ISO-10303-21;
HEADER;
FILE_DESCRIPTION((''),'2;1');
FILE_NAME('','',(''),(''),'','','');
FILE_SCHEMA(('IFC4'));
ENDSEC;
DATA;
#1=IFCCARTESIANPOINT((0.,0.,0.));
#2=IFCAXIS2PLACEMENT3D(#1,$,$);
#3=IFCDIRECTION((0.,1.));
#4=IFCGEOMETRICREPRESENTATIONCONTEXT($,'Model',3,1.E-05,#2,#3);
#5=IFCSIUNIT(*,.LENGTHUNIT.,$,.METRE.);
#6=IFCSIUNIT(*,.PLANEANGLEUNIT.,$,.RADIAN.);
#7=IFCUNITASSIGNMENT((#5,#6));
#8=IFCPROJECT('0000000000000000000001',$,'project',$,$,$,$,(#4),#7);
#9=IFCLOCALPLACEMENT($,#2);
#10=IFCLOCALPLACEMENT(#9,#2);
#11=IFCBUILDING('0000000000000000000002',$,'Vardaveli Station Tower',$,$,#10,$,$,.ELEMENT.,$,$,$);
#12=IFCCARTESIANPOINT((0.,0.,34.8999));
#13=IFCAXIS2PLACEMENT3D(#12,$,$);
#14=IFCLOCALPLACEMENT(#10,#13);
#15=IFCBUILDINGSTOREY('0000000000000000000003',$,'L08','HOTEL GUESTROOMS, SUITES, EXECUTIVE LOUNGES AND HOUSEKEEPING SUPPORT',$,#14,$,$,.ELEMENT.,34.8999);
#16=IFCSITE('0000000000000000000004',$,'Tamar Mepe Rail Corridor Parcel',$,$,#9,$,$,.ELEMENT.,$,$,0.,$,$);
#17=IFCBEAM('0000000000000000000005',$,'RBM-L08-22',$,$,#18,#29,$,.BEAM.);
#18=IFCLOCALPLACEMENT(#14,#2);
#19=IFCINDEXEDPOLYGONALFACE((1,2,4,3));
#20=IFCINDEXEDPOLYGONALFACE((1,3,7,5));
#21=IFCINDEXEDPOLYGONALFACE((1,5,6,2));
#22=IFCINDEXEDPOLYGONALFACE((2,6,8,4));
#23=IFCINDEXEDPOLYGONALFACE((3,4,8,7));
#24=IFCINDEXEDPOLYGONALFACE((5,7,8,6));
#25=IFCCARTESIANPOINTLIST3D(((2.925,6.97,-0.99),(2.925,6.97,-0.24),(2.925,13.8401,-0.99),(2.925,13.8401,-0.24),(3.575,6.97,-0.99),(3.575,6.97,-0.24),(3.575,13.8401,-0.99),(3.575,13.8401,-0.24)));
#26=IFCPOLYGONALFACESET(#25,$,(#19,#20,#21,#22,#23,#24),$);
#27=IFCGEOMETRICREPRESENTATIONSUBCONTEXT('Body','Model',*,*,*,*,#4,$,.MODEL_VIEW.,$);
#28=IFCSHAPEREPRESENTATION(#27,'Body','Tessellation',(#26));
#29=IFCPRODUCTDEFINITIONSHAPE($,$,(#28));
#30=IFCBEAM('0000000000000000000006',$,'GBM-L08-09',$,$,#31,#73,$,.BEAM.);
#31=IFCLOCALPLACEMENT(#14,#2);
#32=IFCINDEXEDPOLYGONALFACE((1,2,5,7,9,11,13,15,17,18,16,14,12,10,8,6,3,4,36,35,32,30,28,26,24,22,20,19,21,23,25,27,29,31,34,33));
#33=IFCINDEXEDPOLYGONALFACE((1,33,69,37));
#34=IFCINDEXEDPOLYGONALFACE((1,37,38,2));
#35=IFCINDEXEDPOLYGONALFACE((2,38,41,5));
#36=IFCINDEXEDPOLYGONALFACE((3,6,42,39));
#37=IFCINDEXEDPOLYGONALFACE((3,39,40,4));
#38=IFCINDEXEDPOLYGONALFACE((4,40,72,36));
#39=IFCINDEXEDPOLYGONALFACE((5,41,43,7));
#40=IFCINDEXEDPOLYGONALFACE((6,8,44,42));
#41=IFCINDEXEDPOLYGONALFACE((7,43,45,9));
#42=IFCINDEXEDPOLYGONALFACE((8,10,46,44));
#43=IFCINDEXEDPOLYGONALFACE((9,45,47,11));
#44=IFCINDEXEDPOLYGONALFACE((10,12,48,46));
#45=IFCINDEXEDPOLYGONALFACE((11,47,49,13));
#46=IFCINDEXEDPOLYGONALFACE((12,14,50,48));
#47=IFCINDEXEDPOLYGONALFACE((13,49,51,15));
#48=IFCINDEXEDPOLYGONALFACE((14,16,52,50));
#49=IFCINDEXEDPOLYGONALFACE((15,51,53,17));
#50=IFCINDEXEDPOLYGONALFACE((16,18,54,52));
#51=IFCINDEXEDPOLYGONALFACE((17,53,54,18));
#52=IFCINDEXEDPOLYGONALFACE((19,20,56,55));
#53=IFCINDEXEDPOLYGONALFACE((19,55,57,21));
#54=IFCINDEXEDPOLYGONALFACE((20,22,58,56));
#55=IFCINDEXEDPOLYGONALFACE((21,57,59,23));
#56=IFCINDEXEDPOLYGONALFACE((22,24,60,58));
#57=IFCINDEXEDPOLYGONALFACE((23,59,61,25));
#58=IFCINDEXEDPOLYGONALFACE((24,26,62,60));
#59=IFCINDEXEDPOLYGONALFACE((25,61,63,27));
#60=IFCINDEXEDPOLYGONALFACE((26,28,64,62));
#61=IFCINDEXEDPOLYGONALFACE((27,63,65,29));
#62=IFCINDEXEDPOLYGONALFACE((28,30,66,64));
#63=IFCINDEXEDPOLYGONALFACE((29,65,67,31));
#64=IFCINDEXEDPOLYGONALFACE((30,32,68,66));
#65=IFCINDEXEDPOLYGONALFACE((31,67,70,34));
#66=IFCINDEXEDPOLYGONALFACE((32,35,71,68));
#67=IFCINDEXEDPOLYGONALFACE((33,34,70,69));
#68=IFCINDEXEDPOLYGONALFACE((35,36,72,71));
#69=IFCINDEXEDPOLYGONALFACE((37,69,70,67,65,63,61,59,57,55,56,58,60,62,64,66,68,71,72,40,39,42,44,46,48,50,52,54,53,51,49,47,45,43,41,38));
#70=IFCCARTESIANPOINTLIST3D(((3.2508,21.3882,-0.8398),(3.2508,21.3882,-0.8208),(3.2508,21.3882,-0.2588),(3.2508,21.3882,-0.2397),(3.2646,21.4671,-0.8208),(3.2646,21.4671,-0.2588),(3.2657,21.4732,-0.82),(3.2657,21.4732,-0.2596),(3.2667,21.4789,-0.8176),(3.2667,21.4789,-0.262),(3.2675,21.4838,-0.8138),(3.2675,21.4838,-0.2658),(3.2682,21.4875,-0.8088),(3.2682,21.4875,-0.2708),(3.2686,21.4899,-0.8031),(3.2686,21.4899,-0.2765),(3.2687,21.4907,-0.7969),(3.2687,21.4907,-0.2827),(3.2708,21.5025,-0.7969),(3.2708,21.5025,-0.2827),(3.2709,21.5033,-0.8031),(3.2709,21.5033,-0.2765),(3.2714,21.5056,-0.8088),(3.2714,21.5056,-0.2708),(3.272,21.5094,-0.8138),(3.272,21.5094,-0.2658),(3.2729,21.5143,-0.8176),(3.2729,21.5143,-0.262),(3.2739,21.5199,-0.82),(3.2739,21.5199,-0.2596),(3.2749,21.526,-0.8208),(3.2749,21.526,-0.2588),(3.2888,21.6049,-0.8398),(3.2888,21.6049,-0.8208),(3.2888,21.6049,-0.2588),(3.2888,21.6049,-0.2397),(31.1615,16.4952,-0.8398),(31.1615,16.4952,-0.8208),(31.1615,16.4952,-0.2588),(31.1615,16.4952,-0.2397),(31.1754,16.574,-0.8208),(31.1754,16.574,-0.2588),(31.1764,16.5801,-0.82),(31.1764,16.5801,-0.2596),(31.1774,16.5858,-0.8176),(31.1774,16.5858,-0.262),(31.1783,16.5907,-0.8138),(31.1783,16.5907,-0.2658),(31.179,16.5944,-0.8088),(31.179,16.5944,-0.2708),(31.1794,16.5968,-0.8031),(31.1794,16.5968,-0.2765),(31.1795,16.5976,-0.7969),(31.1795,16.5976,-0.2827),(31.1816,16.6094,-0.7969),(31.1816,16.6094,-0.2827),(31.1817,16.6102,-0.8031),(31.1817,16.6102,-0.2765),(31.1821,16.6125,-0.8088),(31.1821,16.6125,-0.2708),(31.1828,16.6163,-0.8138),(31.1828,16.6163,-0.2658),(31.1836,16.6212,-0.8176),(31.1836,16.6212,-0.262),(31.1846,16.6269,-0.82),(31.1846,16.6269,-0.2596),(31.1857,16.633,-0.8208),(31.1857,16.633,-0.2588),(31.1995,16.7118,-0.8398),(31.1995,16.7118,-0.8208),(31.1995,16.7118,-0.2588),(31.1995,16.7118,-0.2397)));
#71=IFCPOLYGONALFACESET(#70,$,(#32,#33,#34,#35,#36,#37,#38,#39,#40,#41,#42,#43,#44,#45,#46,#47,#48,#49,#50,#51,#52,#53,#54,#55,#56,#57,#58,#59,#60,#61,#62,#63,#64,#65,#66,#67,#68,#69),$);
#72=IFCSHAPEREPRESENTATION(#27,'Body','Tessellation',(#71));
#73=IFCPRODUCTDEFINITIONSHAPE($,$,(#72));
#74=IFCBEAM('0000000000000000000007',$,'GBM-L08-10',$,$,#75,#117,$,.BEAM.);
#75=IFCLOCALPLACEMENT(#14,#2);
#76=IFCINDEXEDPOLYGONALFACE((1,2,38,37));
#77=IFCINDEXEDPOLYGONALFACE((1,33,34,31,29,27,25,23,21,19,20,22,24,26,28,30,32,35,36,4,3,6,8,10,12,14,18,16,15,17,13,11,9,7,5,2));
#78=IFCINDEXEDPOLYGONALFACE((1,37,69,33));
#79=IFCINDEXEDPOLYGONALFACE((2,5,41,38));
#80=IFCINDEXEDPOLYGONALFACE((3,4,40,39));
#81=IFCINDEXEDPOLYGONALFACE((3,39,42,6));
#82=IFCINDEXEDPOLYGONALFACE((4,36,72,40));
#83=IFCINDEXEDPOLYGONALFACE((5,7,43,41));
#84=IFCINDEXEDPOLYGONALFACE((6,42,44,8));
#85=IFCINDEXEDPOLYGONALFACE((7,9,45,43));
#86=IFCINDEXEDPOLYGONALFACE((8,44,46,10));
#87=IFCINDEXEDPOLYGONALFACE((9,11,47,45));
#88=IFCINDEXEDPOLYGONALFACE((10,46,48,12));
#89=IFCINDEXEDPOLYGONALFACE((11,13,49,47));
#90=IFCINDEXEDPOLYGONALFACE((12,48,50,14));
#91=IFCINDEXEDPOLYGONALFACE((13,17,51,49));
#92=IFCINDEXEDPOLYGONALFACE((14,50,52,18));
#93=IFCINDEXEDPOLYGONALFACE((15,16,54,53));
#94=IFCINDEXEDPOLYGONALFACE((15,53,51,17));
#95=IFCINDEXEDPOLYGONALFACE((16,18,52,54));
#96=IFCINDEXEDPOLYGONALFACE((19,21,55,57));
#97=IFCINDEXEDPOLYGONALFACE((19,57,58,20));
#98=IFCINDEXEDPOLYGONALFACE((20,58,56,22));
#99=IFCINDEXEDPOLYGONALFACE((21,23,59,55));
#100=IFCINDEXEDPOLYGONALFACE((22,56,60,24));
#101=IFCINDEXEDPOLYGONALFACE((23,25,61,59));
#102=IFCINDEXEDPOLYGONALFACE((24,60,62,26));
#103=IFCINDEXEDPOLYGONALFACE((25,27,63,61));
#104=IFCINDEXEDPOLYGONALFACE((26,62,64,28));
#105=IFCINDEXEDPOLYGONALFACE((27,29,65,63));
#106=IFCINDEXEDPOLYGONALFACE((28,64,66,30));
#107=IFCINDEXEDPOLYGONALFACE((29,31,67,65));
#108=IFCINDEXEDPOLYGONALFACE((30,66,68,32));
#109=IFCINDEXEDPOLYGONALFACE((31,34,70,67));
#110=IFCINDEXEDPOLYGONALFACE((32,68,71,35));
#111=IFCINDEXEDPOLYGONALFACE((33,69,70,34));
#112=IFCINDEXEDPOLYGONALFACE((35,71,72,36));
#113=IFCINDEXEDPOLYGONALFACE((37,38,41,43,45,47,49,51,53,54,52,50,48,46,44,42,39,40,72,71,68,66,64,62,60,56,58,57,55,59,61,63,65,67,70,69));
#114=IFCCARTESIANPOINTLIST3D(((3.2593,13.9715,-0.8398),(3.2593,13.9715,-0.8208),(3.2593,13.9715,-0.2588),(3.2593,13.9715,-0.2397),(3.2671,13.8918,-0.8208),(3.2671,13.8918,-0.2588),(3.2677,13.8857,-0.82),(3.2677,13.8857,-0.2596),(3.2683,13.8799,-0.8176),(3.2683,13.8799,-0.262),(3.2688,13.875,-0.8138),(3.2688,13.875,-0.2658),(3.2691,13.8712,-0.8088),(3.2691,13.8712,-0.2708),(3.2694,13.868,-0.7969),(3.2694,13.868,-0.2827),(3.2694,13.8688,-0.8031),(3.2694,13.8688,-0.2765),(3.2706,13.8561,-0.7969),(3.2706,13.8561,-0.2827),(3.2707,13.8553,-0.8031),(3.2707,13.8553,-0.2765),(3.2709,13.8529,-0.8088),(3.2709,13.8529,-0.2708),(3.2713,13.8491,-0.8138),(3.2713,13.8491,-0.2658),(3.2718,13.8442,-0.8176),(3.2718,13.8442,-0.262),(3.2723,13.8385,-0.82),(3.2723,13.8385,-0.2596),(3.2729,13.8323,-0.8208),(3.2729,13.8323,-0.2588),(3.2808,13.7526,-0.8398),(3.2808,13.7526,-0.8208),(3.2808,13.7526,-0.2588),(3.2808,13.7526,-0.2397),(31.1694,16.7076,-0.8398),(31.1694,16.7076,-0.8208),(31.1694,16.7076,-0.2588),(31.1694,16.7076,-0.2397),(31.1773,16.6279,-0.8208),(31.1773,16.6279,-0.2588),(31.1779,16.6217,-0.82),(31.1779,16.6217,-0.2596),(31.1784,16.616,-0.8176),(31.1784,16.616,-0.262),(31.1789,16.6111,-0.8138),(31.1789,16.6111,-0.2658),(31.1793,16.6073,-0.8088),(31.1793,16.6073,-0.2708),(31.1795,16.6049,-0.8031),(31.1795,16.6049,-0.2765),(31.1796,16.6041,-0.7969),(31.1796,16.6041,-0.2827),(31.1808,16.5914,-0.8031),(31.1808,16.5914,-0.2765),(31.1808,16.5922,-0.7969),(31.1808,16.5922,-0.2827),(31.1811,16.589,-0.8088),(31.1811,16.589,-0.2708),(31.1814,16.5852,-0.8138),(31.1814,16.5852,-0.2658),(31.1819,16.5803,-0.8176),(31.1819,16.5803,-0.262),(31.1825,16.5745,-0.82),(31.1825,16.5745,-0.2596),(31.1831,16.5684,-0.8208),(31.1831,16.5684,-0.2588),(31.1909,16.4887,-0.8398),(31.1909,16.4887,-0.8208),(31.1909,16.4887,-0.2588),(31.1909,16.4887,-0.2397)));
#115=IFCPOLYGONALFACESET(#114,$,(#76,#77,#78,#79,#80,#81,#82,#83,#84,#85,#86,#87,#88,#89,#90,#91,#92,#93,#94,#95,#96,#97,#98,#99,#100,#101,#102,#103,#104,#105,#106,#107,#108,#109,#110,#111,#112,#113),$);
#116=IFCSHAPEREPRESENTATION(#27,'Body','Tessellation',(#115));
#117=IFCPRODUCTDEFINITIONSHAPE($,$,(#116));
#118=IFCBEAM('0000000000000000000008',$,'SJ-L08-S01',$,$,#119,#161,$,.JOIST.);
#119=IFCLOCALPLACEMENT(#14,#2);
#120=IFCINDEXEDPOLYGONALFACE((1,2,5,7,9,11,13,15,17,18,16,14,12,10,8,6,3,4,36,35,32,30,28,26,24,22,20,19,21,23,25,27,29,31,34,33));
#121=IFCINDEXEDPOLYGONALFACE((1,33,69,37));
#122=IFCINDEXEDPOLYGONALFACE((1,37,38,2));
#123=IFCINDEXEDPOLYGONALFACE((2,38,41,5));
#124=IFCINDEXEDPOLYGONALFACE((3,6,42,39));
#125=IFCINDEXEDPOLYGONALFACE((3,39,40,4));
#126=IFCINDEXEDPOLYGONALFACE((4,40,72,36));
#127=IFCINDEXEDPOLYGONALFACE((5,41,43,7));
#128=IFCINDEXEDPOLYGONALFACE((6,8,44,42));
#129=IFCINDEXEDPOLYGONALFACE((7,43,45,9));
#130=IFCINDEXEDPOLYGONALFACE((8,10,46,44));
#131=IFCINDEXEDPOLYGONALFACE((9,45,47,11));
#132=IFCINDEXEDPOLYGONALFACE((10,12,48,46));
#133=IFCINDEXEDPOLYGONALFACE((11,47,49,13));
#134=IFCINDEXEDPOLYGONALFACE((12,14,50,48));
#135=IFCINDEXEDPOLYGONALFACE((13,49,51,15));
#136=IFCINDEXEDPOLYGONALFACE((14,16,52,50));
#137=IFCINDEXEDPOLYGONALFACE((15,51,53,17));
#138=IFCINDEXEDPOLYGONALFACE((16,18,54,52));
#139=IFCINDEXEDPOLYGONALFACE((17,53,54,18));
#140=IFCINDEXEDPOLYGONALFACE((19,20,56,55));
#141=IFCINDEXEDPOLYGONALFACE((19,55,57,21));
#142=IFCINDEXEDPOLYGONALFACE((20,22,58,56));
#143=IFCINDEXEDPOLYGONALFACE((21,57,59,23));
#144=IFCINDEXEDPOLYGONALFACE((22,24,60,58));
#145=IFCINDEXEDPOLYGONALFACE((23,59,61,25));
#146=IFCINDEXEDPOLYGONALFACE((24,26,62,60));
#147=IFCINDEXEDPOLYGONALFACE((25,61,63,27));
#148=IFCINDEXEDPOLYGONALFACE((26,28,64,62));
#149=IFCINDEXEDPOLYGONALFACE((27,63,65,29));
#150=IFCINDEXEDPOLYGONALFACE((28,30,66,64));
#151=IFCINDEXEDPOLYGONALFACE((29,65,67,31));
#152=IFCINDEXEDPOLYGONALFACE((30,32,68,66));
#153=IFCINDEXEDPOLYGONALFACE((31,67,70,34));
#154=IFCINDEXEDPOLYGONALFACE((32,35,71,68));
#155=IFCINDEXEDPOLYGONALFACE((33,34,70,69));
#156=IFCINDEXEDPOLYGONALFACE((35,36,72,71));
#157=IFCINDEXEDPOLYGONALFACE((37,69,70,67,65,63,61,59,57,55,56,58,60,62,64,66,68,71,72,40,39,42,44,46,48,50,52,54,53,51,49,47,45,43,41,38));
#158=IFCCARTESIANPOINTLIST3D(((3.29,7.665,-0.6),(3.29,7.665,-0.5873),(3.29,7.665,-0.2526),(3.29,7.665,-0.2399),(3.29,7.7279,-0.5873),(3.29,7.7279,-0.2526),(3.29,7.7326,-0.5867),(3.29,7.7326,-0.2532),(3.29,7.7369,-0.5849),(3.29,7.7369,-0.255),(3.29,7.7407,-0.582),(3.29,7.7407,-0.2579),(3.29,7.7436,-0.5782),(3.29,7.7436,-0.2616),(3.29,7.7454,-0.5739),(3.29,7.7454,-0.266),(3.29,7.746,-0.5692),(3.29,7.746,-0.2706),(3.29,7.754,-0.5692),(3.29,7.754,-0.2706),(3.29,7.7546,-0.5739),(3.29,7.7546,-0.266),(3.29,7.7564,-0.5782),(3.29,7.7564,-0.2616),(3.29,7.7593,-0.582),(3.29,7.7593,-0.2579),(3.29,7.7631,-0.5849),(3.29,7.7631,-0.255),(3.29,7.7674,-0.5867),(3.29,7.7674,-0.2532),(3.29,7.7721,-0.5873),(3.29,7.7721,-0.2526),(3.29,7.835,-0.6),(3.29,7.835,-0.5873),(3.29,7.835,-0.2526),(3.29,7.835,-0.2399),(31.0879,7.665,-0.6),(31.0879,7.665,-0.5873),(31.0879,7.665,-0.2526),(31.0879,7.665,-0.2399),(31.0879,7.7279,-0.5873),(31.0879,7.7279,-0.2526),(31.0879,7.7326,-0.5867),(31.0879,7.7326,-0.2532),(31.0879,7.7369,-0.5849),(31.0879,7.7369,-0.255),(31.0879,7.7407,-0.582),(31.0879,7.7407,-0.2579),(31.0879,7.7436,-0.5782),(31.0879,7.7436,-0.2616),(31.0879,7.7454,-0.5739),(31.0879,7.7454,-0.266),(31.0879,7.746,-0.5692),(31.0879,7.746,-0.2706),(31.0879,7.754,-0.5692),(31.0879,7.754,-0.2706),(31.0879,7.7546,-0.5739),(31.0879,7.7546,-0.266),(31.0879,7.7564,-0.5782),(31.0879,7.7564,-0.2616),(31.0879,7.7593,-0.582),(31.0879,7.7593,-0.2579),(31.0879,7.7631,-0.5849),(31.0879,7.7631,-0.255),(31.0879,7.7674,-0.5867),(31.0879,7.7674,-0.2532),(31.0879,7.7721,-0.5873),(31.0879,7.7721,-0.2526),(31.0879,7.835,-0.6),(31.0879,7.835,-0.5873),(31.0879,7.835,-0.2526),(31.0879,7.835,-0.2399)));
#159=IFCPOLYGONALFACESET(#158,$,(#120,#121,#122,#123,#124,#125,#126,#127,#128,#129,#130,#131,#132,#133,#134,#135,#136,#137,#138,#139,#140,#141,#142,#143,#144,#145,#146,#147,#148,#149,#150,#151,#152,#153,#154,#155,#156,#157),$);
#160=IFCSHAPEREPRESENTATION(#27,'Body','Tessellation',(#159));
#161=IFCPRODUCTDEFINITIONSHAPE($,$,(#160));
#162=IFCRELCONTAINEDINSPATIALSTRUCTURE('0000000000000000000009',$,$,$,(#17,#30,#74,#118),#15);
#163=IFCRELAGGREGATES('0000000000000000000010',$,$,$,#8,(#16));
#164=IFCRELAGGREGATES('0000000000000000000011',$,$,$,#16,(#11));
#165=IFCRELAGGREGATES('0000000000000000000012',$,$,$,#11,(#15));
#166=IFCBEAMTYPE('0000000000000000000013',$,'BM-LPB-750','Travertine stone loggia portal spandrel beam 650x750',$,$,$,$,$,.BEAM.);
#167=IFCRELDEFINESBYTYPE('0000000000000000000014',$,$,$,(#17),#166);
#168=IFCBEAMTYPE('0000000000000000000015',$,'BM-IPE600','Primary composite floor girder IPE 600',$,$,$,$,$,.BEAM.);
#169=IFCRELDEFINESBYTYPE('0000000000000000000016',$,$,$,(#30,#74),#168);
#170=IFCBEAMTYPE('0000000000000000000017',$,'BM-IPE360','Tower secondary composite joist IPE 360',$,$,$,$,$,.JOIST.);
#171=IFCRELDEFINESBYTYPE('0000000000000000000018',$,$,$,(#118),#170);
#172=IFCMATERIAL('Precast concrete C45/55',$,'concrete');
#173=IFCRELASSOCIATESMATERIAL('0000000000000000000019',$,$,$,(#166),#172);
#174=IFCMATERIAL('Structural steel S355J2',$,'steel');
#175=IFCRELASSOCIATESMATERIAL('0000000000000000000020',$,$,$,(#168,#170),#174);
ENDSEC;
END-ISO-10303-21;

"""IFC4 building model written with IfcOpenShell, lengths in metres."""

from ifc_helpers import new_model, si_unit, direction, frame, origin, origin_2d, place, context, subcontext, project, spatial, rectangle, i_section, extrude, source, transform, mapped, material, material_profile, profile_set, type_object, element, save


model = new_model("IFC4")

# Units and contexts
model_context = context("Model", 3, precision=1e-05, world=origin(), true_north=direction((0.0, 1.0)))
body_context = subcontext(model_context, "Body", "Model", "MODEL_VIEW")
ifc_project = project(units=[si_unit("LENGTHUNIT", "METRE"), si_unit("PLANEANGLEUNIT", "RADIAN")], contexts=[model_context])

# Site, building, storey
site_placement = place(None, origin())
site = spatial("IfcSite", under=ifc_project, at=site_placement, Name="Tamar Mepe Rail Corridor Parcel", CompositionType="ELEMENT", RefElevation=0.0)
building_placement = place(site_placement, origin())
building = spatial("IfcBuilding", under=site, at=building_placement, Name="Vardaveli Station Tower", CompositionType="ELEMENT")
storey_placement = place(building_placement, frame((0.0, 0.0, 34.8999)))
storey = spatial("IfcBuildingStorey", under=building, at=storey_placement, Name="L08", Description="HOTEL GUESTROOMS, SUITES, EXECUTIVE LOUNGES AND HOUSEKEEPING SUPPORT", CompositionType="ELEMENT", Elevation=34.8999)

# Beams
ifc_material_1 = material(Name="Precast concrete C45/55", Category="concrete")
ifc_material_profile_1 = material_profile(ifc_material_1, rectangle(XDim=0.6499, YDim=0.75, at=origin_2d()), Name="LPB 650x750")
ifc_profile_set_1 = profile_set([ifc_material_profile_1], Name="Precast concrete C45/55")
beam_type_1 = type_object("IfcBeamType", Name="BM-LPB-750", Description="Travertine stone loggia portal spandrel beam 650x750", PredefinedType="BEAM", material=ifc_profile_set_1)
shared_shape_1 = source(origin(), body_context, "Body", "SweptSolid", [
    extrude(rectangle(XDim=0.6499, YDim=0.75, at=origin_2d()), origin(), (0.0, 0.0, 1.0), 6.8701),
])
beam_1_placement = place(storey_placement, frame((3.25, 13.8401, -0.615), z_axis=(0.0, -1.0, 0.0), x_axis=(1.0, 0.0, 0.0)))
element("IfcBeam", 1, at=beam_1_placement, inside=storey, type_object=beam_type_1, Name="RBM-L08-22", PredefinedType="BEAM", context=body_context, shape_type="MappedRepresentation", body=[
    mapped(shared_shape_1, transform((0.0, 0.0, 0.0), scale=1.0)),
])
ifc_material_2 = material(Name="Structural steel S355J2", Category="steel")
ifc_material_profile_2 = material_profile(ifc_material_2, i_section(OverallWidth=0.22, OverallDepth=0.6001, WebThickness=0.012, FlangeThickness=0.019, FilletRadius=0.0239, at=origin_2d()), Name="IPE 600")
ifc_profile_set_2 = profile_set([ifc_material_profile_2], Name="Structural steel S355J2")
beam_type_2 = type_object("IfcBeamType", Name="BM-IPE600", Description="Primary composite floor girder IPE 600", PredefinedType="BEAM", material=ifc_profile_set_2)
shared_shape_2 = source(origin(), body_context, "Body", "SweptSolid", [
    extrude(i_section(OverallWidth=0.22, OverallDepth=0.6001, WebThickness=0.012, FlangeThickness=0.019, FilletRadius=0.0239, at=origin_2d()), origin(), (0.0, 0.0, 1.0), 28.3364),
])
beam_2_placement = place(storey_placement, frame((3.2698, 21.4966, -0.5398), z_axis=(0.984978, -0.172678, 0.0), x_axis=(0.172678, 0.984978, 0.0)))
element("IfcBeam", 2, at=beam_2_placement, inside=storey, type_object=beam_type_2, Name="GBM-L08-09", PredefinedType="BEAM", context=body_context, shape_type="MappedRepresentation", body=[
    mapped(shared_shape_2, transform((0.0, 0.0, 0.0), scale=1.0)),
])
shared_shape_3 = source(origin(), body_context, "Body", "SweptSolid", [
    extrude(i_section(OverallWidth=0.22, OverallDepth=0.6001, WebThickness=0.012, FlangeThickness=0.019, FilletRadius=0.0239, at=origin_2d()), origin(), (0.0, 0.0, 1.0), 28.0439),
])
beam_3_placement = place(storey_placement, frame((3.27, 13.8621, -0.5398), z_axis=(0.995229, 0.097564, 0.0), x_axis=(-0.097564, 0.995229, 0.0)))
element("IfcBeam", 3, at=beam_3_placement, inside=storey, type_object=beam_type_2, Name="GBM-L08-10", PredefinedType="BEAM", context=body_context, shape_type="MappedRepresentation", body=[
    mapped(shared_shape_3, transform((0.0, 0.0, 0.0), scale=1.0)),
])
ifc_material_profile_3 = material_profile(ifc_material_2, i_section(OverallWidth=0.1699, OverallDepth=0.3601, WebThickness=0.0081, FlangeThickness=0.0127, FilletRadius=0.0181, at=origin_2d()), Name="IPE 360")
ifc_profile_set_3 = profile_set([ifc_material_profile_3], Name="Structural steel S355J2")
beam_type_3 = type_object("IfcBeamType", Name="BM-IPE360", Description="Tower secondary composite joist IPE 360", PredefinedType="JOIST", material=ifc_profile_set_3)
shared_shape_4 = source(origin(), body_context, "Body", "SweptSolid", [
    extrude(i_section(OverallWidth=0.1699, OverallDepth=0.3601, WebThickness=0.0081, FlangeThickness=0.0127, FilletRadius=0.0181, at=origin_2d()), origin(), (0.0, 0.0, 1.0), 27.7979),
])
for number, where, z_axis, x_axis, name in (
    (4, (3.29, 7.75, -0.4199), (1.0, 0.0, 0.0), (0.0, 1.0, 0.0), "SJ-L08-S01"),
):
    element("IfcBeam", number, at=place(storey_placement, frame(where, z_axis=z_axis, x_axis=x_axis)), inside=storey, type_object=beam_type_3, Name=name, PredefinedType="JOIST", context=body_context, shape_type="MappedRepresentation", body=[
        mapped(shared_shape_4, transform((0.0, 0.0, 0.0), scale=1.0)),
    ])

save(model, "model.ifc")
